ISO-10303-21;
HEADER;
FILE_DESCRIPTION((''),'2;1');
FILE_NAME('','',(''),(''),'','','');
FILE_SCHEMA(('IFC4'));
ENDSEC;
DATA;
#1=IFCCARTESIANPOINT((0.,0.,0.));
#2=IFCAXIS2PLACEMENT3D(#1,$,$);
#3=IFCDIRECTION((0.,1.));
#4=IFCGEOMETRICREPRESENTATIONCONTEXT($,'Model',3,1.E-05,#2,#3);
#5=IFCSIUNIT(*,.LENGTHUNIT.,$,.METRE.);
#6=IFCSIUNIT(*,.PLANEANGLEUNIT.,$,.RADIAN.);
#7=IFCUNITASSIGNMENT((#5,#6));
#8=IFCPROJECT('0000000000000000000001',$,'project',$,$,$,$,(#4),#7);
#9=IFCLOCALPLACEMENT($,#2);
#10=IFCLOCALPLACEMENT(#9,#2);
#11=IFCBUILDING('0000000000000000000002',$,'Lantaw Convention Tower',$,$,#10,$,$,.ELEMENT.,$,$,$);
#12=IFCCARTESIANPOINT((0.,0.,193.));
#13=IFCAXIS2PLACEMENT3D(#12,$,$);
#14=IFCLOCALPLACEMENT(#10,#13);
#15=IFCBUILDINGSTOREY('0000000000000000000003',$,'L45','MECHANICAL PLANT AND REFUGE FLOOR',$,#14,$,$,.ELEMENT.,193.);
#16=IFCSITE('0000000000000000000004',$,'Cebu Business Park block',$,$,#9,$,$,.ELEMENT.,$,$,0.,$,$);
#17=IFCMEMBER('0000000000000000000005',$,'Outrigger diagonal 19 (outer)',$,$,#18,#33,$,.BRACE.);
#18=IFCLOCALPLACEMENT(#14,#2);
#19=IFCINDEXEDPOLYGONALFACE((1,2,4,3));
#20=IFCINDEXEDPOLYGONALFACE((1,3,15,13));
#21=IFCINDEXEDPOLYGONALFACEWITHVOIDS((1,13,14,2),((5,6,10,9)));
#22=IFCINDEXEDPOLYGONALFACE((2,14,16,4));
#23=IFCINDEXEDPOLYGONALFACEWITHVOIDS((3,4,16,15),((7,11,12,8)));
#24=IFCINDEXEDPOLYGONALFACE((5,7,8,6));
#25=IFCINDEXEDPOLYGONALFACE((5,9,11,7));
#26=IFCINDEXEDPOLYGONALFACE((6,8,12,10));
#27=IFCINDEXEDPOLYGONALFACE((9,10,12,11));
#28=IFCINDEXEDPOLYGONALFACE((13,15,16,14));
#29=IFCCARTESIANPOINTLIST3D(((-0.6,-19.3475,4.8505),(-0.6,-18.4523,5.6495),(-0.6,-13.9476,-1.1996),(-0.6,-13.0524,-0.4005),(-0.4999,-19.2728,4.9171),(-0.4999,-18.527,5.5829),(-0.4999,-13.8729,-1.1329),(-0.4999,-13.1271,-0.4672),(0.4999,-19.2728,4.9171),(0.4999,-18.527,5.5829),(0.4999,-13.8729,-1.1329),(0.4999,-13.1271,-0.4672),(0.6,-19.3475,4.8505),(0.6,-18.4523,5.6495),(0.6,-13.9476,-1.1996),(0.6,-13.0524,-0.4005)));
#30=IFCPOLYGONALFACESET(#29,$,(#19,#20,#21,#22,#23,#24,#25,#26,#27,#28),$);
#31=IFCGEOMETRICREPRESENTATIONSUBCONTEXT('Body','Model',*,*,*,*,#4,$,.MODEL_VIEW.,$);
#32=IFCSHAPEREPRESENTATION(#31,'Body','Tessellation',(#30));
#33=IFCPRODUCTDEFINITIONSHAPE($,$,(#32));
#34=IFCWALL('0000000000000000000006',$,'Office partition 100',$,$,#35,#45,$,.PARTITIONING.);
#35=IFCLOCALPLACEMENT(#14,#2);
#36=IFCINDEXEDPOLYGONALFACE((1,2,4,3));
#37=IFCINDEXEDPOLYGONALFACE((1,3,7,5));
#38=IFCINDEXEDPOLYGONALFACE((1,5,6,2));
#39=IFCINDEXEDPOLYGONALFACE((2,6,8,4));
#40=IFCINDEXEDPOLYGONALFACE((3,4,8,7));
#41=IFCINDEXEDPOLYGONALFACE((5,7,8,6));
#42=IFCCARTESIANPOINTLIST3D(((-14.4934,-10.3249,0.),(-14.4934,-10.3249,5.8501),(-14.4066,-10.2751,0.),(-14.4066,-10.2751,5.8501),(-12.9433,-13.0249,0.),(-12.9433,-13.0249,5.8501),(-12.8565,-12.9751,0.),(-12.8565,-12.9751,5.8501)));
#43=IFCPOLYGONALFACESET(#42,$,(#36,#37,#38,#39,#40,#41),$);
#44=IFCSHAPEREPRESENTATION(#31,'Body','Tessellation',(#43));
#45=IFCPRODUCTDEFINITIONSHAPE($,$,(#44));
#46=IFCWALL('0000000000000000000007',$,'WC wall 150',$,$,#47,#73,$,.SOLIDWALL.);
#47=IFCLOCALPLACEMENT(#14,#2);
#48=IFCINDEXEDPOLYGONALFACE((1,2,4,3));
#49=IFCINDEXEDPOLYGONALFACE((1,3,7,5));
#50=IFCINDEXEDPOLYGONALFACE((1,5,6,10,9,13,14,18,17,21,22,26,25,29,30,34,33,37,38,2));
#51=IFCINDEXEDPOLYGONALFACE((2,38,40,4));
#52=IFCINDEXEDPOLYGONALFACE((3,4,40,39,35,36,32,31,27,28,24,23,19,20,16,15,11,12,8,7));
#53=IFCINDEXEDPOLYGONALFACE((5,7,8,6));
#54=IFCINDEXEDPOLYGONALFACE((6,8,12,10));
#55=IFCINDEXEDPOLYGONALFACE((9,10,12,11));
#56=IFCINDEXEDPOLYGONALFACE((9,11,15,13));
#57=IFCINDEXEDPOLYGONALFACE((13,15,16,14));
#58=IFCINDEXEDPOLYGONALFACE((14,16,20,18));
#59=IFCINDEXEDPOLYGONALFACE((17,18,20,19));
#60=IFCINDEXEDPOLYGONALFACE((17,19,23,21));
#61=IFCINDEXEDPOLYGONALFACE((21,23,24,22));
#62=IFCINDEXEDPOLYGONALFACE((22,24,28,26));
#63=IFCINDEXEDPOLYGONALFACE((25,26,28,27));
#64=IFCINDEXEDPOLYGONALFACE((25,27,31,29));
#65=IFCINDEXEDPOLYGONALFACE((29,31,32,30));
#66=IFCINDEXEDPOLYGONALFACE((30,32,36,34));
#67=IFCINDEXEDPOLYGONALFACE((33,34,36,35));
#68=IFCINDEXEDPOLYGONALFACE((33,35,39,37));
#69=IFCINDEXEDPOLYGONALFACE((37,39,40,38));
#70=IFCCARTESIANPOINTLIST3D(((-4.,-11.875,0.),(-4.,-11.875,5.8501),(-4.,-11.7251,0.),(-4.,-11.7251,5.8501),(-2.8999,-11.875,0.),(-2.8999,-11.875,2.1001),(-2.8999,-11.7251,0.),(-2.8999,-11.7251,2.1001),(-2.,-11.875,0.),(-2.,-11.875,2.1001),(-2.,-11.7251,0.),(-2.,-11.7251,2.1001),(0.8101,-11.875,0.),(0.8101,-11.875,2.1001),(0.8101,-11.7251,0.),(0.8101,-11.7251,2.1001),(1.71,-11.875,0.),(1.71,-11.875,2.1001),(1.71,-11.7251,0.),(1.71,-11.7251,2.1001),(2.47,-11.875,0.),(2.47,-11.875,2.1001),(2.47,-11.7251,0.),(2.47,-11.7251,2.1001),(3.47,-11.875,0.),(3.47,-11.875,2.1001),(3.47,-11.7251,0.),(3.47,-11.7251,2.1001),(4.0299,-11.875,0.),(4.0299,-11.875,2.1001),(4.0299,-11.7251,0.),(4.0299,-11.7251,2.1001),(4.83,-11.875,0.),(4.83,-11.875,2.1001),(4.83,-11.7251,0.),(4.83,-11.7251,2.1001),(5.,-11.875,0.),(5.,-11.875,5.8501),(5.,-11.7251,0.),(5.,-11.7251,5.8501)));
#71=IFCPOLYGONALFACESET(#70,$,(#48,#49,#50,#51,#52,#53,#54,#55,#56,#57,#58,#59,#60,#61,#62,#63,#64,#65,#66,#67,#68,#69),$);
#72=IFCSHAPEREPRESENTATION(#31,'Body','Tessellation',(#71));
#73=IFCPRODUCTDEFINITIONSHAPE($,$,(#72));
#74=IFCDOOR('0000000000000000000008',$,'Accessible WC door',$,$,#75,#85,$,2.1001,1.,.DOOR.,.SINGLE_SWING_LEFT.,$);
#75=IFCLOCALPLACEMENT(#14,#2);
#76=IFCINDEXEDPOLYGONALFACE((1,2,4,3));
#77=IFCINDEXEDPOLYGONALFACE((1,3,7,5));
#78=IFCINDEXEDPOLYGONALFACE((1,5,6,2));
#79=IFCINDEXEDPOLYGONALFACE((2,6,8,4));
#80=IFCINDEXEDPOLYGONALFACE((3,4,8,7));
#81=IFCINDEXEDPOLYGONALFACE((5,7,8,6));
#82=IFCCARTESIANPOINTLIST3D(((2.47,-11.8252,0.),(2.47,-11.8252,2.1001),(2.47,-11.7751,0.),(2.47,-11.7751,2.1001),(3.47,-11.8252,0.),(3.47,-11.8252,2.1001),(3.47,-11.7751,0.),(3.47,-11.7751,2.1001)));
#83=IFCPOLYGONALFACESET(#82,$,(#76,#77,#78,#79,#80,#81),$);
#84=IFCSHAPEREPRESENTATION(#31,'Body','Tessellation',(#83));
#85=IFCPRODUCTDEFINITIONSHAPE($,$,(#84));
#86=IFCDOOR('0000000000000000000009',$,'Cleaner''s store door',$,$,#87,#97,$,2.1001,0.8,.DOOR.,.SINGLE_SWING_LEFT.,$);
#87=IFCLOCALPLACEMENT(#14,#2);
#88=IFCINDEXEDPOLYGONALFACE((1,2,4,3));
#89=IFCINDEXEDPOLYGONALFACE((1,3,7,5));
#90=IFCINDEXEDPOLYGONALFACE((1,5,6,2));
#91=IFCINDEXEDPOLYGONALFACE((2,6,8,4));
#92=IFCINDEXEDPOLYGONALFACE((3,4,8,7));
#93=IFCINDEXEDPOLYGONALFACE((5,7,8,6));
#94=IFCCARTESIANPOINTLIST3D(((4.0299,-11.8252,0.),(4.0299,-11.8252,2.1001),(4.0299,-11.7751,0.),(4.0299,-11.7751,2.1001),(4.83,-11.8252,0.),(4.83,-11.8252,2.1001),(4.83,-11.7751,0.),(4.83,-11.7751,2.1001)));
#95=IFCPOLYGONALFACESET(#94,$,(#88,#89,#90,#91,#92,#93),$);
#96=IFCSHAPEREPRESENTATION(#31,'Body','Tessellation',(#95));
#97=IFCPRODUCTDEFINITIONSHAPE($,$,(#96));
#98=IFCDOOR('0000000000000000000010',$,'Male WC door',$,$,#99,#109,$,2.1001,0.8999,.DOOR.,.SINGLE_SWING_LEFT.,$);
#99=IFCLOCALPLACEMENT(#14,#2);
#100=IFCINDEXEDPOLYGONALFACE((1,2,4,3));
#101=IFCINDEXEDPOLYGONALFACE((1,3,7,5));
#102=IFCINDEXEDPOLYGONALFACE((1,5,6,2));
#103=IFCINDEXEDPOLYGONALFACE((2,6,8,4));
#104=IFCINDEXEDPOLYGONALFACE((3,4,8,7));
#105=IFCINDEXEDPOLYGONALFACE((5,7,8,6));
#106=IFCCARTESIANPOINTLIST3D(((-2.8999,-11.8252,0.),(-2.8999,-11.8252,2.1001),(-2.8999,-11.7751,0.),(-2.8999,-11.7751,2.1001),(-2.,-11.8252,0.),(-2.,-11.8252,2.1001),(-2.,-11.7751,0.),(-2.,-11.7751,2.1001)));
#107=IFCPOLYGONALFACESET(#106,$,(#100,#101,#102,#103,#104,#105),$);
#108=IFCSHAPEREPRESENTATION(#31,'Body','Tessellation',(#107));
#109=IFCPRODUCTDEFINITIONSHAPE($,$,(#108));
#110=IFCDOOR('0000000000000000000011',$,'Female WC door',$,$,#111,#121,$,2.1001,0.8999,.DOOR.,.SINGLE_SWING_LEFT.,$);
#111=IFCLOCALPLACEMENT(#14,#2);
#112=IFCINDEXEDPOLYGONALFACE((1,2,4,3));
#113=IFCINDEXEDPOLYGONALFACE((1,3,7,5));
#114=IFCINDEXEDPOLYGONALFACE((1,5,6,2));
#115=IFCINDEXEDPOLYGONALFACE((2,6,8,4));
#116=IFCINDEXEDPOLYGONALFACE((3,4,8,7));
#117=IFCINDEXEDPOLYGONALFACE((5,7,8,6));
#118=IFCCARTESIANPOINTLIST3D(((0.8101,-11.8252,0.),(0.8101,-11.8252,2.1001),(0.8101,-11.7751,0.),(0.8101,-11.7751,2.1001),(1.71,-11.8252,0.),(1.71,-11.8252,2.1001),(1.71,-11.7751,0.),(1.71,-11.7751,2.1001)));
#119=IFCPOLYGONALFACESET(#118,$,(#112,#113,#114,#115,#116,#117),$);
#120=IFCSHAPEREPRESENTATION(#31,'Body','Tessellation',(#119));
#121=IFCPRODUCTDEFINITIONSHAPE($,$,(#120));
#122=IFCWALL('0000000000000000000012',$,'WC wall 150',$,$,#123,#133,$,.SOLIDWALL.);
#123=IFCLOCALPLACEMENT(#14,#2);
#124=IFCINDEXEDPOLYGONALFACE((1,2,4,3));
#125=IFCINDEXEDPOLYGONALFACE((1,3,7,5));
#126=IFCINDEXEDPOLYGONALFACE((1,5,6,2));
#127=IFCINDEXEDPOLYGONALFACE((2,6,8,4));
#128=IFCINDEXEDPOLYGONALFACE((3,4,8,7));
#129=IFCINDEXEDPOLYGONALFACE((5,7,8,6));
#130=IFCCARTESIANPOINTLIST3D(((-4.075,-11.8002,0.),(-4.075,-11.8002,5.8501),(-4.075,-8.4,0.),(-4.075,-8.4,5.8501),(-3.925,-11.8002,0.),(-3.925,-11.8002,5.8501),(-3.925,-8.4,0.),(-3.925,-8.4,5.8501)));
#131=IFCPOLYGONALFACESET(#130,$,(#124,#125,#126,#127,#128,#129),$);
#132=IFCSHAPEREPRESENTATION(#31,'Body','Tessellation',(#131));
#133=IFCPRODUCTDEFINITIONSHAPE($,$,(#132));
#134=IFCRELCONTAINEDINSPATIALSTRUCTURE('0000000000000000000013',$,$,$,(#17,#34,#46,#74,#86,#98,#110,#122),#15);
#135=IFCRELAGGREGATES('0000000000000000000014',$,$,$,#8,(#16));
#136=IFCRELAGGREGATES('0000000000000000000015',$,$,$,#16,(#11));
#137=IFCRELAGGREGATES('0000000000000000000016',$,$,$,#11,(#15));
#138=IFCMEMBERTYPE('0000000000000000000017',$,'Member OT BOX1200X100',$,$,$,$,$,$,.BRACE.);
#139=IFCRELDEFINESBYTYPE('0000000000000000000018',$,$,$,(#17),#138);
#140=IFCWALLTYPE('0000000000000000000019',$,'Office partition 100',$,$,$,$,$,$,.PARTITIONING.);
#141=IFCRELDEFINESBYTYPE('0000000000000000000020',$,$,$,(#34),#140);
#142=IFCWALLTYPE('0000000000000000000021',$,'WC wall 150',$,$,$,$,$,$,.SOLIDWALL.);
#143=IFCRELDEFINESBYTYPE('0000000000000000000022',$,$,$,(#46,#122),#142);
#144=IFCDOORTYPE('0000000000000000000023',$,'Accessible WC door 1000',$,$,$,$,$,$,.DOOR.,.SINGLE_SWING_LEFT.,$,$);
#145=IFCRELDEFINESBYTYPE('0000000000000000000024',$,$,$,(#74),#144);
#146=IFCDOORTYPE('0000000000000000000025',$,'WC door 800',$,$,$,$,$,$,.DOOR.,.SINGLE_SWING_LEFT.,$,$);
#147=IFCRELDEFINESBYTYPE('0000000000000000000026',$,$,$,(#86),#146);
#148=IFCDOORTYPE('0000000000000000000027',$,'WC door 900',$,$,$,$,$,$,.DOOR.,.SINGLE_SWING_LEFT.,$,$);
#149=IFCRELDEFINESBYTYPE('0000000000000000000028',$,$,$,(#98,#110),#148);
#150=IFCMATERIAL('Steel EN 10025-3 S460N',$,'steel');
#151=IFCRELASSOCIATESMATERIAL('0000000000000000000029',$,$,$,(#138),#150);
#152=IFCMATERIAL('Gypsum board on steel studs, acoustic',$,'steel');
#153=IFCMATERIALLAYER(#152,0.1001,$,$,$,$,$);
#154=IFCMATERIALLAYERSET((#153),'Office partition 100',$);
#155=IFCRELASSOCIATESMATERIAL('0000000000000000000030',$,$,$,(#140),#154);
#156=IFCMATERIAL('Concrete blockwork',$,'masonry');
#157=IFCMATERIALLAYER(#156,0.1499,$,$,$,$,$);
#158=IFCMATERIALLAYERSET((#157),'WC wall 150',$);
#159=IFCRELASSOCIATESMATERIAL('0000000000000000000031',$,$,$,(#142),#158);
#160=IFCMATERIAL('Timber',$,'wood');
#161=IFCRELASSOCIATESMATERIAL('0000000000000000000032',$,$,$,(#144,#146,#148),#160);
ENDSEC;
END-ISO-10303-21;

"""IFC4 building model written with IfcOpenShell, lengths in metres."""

from ifc_helpers import new_model, si_unit, direction, frame, frame_2d, origin, origin_2d, place, context, subcontext, project, spatial, rectangle, hollow_rectangle, extrude, material, layer, layer_set, material_profile, profile_set, type_object, element, fill, save


model = new_model("IFC4")

# Units and contexts
model_context = context("Model", 3, precision=1e-05, world=origin(), true_north=direction((0.0, 1.0)))
body_context = subcontext(model_context, "Body", "Model", "MODEL_VIEW")
ifc_project = project(units=[si_unit("LENGTHUNIT", "METRE"), si_unit("PLANEANGLEUNIT", "RADIAN")], contexts=[model_context])

# Site, building, storey
site_placement = place(None, origin())
site = spatial("IfcSite", under=ifc_project, at=site_placement, Name="Cebu Business Park block", CompositionType="ELEMENT", RefElevation=0.0)
building_placement = place(site_placement, origin())
building = spatial("IfcBuilding", under=site, at=building_placement, Name="Lantaw Convention Tower", CompositionType="ELEMENT")
storey_placement = place(building_placement, frame((0.0, 0.0, 193.0)))
storey = spatial("IfcBuildingStorey", under=building, at=storey_placement, Name="L45", Description="MECHANICAL PLANT AND REFUGE FLOOR", CompositionType="ELEMENT", Elevation=193.0)

# Shared definitions
ifc_material_1 = material(Name="Steel EN 10025-3 S460N", Category="steel")

# Member
ifc_material_profile_1 = material_profile(ifc_material_1, hollow_rectangle(XDim=1.2, YDim=1.2, WallThickness=0.1001, at=origin_2d()), Name="BOX1200X100")
ifc_profile_set_1 = profile_set([ifc_material_profile_1], Name="Steel EN 10025-3 S460N")
member_type_1 = type_object("IfcMemberType", Name="Member OT BOX1200X100", PredefinedType="BRACE", material=ifc_profile_set_1)
member_1_placement = place(storey_placement, frame((0.0, -13.5, -0.8), z_axis=(0.0, -0.665884, 0.746056), x_axis=(1.0, 0.0, 0.0)))
element("IfcMember", 1, at=member_1_placement, inside=storey, type_object=member_type_1, Name="Outrigger diagonal 19 (outer)", PredefinedType="BRACE", context=body_context, shape_type="SweptSolid", body=[
    extrude(hollow_rectangle(XDim=1.2, YDim=1.2, WallThickness=0.1001, at=origin_2d()), origin(), (0.0, 0.0, 1.0), 8.1094),
])

# Wall
ifc_material_2 = material(Name="Gypsum board on steel studs, acoustic", Category="steel")
ifc_layer_1 = layer(ifc_material_2, 0.1001)
ifc_layer_set_1 = layer_set([ifc_layer_1], Name="Office partition 100")
wall_type_1 = type_object("IfcWallType", Name="Office partition 100", PredefinedType="PARTITIONING", material=ifc_layer_set_1)
wall_1_placement = place(storey_placement, frame((-12.8999, -13.0, 0.0), z_axis=(0.0, 0.0, 1.0), x_axis=(-0.497886, 0.867242, 0.0)))
element("IfcWall", 2, at=wall_1_placement, inside=storey, type_object=wall_type_1, Name="Office partition 100", PredefinedType="PARTITIONING", context=body_context, shape_type="SweptSolid", body=[
    extrude(rectangle(XDim=3.1133, YDim=0.1001, at=frame_2d((1.5566, 0.0))), origin(), (0.0, 0.0, 1.0), 5.8501),
])

# Wall, openings, doors
ifc_material_3 = material(Name="Concrete blockwork", Category="masonry")
ifc_layer_2 = layer(ifc_material_3, 0.1499)
ifc_layer_set_2 = layer_set([ifc_layer_2], Name="WC wall 150")
wall_type_2 = type_object("IfcWallType", Name="WC wall 150", PredefinedType="SOLIDWALL", material=ifc_layer_set_2)
wall_2_placement = place(storey_placement, frame((-4.0, -11.8, 0.0), z_axis=(0.0, 0.0, 1.0), x_axis=(1.0, 0.0, 0.0)))
wall_2 = element("IfcWall", 3, at=wall_2_placement, inside=storey, type_object=wall_type_2, Name="WC wall 150", PredefinedType="SOLIDWALL", context=body_context, shape_type="SweptSolid", body=[
    extrude(rectangle(XDim=9.0, YDim=0.1499, at=frame_2d((4.5, 0.0))), origin(), (0.0, 0.0, 1.0), 5.8501),
])
opening_1_placement = place(wall_2_placement, frame((1.1001, 0.0, 0.0)))
opening_1 = element("IfcOpeningElement", 4, at=opening_1_placement, cuts=wall_2, PredefinedType="OPENING", context=body_context, shape_type="SweptSolid", body=[
    extrude(rectangle(XDim=0.8999, YDim=2.1001, at=frame_2d((0.45, 1.05))), frame((0.0, 0.085, 0.0), z_axis=(0.0, -1.0, 0.0), x_axis=(1.0, 0.0, 0.0)), (0.0, 0.0, 1.0), 0.1699),
])
opening_2_placement = place(wall_2_placement, frame((4.8101, 0.0, 0.0)))
opening_2 = element("IfcOpeningElement", 5, at=opening_2_placement, cuts=wall_2, PredefinedType="OPENING", context=body_context, shape_type="SweptSolid", body=[
    extrude(rectangle(XDim=0.8999, YDim=2.1001, at=frame_2d((0.45, 1.05))), frame((0.0, 0.085, 0.0), z_axis=(0.0, -1.0, 0.0), x_axis=(1.0, 0.0, 0.0)), (0.0, 0.0, 1.0), 0.1699),
])
opening_3_placement = place(wall_2_placement, frame((6.47, 0.0, 0.0)))
opening_3 = element("IfcOpeningElement", 6, at=opening_3_placement, cuts=wall_2, PredefinedType="OPENING", context=body_context, shape_type="SweptSolid", body=[
    extrude(rectangle(XDim=1.0, YDim=2.1001, at=frame_2d((0.5, 1.05))), frame((0.0, 0.085, 0.0), z_axis=(0.0, -1.0, 0.0), x_axis=(1.0, 0.0, 0.0)), (0.0, 0.0, 1.0), 0.1699),
])
opening_4_placement = place(wall_2_placement, frame((8.03, 0.0, 0.0)))
opening_4 = element("IfcOpeningElement", 7, at=opening_4_placement, cuts=wall_2, PredefinedType="OPENING", context=body_context, shape_type="SweptSolid", body=[
    extrude(rectangle(XDim=0.8, YDim=2.1001, at=frame_2d((0.3999, 1.05))), frame((0.0, 0.085, 0.0), z_axis=(0.0, -1.0, 0.0), x_axis=(1.0, 0.0, 0.0)), (0.0, 0.0, 1.0), 0.1699),
])
ifc_material_4 = material(Name="Timber", Category="wood")
door_type_1 = type_object("IfcDoorType", Name="Accessible WC door 1000", OperationType="SINGLE_SWING_LEFT", PredefinedType="DOOR", material=ifc_material_4)
door_1_placement = place(opening_3_placement, origin())
door_1 = element("IfcDoor", 8, at=door_1_placement, inside=storey, type_object=door_type_1, Name="Accessible WC door", OperationType="SINGLE_SWING_LEFT", OverallHeight=2.1001, OverallWidth=1.0, PredefinedType="DOOR", context=body_context, shape_type="SweptSolid", body=[
    extrude(rectangle(XDim=1.0, YDim=2.1001, at=frame_2d((0.5, 1.05))), frame((0.0, 0.0249, 0.0), z_axis=(0.0, -1.0, 0.0), x_axis=(1.0, 0.0, 0.0)), (0.0, 0.0, 1.0), 0.05),
])
fill(opening_3, door_1)
door_type_2 = type_object("IfcDoorType", Name="WC door 800", OperationType="SINGLE_SWING_LEFT", PredefinedType="DOOR", material=ifc_material_4)
door_2_placement = place(opening_4_placement, origin())
door_2 = element("IfcDoor", 9, at=door_2_placement, inside=storey, type_object=door_type_2, Name="Cleaner's store door", OperationType="SINGLE_SWING_LEFT", OverallHeight=2.1001, OverallWidth=0.8, PredefinedType="DOOR", context=body_context, shape_type="SweptSolid", body=[
    extrude(rectangle(XDim=0.8, YDim=2.1001, at=frame_2d((0.3999, 1.05))), frame((0.0, 0.0249, 0.0), z_axis=(0.0, -1.0, 0.0), x_axis=(1.0, 0.0, 0.0)), (0.0, 0.0, 1.0), 0.05),
])
fill(opening_4, door_2)
door_type_3 = type_object("IfcDoorType", Name="WC door 900", OperationType="SINGLE_SWING_LEFT", PredefinedType="DOOR", material=ifc_material_4)
door_3_placement = place(opening_1_placement, origin())
door_3 = element("IfcDoor", 10, at=door_3_placement, inside=storey, type_object=door_type_3, Name="Male WC door", OperationType="SINGLE_SWING_LEFT", OverallHeight=2.1001, OverallWidth=0.8999, PredefinedType="DOOR", context=body_context, shape_type="SweptSolid", body=[
    extrude(rectangle(XDim=0.8999, YDim=2.1001, at=frame_2d((0.45, 1.05))), frame((0.0, 0.0249, 0.0), z_axis=(0.0, -1.0, 0.0), x_axis=(1.0, 0.0, 0.0)), (0.0, 0.0, 1.0), 0.05),
])
fill(opening_1, door_3)
door_4_placement = place(opening_2_placement, origin())
door_4 = element("IfcDoor", 11, at=door_4_placement, inside=storey, type_object=door_type_3, Name="Female WC door", OperationType="SINGLE_SWING_LEFT", OverallHeight=2.1001, OverallWidth=0.8999, PredefinedType="DOOR", context=body_context, shape_type="SweptSolid", body=[
    extrude(rectangle(XDim=0.8999, YDim=2.1001, at=frame_2d((0.45, 1.05))), frame((0.0, 0.0249, 0.0), z_axis=(0.0, -1.0, 0.0), x_axis=(1.0, 0.0, 0.0)), (0.0, 0.0, 1.0), 0.05),
])
fill(opening_2, door_4)

# Wall
wall_3_placement = place(storey_placement, frame((-4.0, -8.3999, 0.0), z_axis=(0.0, 0.0, 1.0), x_axis=(0.0, -1.0, 0.0)))
element("IfcWall", 12, at=wall_3_placement, inside=storey, type_object=wall_type_2, Name="WC wall 150", PredefinedType="SOLIDWALL", context=body_context, shape_type="SweptSolid", body=[
    extrude(rectangle(XDim=3.4001, YDim=0.1499, at=frame_2d((1.7002, 0.0))), origin(), (0.0, 0.0, 1.0), 5.8501),
])

save(model, "model.ifc")
